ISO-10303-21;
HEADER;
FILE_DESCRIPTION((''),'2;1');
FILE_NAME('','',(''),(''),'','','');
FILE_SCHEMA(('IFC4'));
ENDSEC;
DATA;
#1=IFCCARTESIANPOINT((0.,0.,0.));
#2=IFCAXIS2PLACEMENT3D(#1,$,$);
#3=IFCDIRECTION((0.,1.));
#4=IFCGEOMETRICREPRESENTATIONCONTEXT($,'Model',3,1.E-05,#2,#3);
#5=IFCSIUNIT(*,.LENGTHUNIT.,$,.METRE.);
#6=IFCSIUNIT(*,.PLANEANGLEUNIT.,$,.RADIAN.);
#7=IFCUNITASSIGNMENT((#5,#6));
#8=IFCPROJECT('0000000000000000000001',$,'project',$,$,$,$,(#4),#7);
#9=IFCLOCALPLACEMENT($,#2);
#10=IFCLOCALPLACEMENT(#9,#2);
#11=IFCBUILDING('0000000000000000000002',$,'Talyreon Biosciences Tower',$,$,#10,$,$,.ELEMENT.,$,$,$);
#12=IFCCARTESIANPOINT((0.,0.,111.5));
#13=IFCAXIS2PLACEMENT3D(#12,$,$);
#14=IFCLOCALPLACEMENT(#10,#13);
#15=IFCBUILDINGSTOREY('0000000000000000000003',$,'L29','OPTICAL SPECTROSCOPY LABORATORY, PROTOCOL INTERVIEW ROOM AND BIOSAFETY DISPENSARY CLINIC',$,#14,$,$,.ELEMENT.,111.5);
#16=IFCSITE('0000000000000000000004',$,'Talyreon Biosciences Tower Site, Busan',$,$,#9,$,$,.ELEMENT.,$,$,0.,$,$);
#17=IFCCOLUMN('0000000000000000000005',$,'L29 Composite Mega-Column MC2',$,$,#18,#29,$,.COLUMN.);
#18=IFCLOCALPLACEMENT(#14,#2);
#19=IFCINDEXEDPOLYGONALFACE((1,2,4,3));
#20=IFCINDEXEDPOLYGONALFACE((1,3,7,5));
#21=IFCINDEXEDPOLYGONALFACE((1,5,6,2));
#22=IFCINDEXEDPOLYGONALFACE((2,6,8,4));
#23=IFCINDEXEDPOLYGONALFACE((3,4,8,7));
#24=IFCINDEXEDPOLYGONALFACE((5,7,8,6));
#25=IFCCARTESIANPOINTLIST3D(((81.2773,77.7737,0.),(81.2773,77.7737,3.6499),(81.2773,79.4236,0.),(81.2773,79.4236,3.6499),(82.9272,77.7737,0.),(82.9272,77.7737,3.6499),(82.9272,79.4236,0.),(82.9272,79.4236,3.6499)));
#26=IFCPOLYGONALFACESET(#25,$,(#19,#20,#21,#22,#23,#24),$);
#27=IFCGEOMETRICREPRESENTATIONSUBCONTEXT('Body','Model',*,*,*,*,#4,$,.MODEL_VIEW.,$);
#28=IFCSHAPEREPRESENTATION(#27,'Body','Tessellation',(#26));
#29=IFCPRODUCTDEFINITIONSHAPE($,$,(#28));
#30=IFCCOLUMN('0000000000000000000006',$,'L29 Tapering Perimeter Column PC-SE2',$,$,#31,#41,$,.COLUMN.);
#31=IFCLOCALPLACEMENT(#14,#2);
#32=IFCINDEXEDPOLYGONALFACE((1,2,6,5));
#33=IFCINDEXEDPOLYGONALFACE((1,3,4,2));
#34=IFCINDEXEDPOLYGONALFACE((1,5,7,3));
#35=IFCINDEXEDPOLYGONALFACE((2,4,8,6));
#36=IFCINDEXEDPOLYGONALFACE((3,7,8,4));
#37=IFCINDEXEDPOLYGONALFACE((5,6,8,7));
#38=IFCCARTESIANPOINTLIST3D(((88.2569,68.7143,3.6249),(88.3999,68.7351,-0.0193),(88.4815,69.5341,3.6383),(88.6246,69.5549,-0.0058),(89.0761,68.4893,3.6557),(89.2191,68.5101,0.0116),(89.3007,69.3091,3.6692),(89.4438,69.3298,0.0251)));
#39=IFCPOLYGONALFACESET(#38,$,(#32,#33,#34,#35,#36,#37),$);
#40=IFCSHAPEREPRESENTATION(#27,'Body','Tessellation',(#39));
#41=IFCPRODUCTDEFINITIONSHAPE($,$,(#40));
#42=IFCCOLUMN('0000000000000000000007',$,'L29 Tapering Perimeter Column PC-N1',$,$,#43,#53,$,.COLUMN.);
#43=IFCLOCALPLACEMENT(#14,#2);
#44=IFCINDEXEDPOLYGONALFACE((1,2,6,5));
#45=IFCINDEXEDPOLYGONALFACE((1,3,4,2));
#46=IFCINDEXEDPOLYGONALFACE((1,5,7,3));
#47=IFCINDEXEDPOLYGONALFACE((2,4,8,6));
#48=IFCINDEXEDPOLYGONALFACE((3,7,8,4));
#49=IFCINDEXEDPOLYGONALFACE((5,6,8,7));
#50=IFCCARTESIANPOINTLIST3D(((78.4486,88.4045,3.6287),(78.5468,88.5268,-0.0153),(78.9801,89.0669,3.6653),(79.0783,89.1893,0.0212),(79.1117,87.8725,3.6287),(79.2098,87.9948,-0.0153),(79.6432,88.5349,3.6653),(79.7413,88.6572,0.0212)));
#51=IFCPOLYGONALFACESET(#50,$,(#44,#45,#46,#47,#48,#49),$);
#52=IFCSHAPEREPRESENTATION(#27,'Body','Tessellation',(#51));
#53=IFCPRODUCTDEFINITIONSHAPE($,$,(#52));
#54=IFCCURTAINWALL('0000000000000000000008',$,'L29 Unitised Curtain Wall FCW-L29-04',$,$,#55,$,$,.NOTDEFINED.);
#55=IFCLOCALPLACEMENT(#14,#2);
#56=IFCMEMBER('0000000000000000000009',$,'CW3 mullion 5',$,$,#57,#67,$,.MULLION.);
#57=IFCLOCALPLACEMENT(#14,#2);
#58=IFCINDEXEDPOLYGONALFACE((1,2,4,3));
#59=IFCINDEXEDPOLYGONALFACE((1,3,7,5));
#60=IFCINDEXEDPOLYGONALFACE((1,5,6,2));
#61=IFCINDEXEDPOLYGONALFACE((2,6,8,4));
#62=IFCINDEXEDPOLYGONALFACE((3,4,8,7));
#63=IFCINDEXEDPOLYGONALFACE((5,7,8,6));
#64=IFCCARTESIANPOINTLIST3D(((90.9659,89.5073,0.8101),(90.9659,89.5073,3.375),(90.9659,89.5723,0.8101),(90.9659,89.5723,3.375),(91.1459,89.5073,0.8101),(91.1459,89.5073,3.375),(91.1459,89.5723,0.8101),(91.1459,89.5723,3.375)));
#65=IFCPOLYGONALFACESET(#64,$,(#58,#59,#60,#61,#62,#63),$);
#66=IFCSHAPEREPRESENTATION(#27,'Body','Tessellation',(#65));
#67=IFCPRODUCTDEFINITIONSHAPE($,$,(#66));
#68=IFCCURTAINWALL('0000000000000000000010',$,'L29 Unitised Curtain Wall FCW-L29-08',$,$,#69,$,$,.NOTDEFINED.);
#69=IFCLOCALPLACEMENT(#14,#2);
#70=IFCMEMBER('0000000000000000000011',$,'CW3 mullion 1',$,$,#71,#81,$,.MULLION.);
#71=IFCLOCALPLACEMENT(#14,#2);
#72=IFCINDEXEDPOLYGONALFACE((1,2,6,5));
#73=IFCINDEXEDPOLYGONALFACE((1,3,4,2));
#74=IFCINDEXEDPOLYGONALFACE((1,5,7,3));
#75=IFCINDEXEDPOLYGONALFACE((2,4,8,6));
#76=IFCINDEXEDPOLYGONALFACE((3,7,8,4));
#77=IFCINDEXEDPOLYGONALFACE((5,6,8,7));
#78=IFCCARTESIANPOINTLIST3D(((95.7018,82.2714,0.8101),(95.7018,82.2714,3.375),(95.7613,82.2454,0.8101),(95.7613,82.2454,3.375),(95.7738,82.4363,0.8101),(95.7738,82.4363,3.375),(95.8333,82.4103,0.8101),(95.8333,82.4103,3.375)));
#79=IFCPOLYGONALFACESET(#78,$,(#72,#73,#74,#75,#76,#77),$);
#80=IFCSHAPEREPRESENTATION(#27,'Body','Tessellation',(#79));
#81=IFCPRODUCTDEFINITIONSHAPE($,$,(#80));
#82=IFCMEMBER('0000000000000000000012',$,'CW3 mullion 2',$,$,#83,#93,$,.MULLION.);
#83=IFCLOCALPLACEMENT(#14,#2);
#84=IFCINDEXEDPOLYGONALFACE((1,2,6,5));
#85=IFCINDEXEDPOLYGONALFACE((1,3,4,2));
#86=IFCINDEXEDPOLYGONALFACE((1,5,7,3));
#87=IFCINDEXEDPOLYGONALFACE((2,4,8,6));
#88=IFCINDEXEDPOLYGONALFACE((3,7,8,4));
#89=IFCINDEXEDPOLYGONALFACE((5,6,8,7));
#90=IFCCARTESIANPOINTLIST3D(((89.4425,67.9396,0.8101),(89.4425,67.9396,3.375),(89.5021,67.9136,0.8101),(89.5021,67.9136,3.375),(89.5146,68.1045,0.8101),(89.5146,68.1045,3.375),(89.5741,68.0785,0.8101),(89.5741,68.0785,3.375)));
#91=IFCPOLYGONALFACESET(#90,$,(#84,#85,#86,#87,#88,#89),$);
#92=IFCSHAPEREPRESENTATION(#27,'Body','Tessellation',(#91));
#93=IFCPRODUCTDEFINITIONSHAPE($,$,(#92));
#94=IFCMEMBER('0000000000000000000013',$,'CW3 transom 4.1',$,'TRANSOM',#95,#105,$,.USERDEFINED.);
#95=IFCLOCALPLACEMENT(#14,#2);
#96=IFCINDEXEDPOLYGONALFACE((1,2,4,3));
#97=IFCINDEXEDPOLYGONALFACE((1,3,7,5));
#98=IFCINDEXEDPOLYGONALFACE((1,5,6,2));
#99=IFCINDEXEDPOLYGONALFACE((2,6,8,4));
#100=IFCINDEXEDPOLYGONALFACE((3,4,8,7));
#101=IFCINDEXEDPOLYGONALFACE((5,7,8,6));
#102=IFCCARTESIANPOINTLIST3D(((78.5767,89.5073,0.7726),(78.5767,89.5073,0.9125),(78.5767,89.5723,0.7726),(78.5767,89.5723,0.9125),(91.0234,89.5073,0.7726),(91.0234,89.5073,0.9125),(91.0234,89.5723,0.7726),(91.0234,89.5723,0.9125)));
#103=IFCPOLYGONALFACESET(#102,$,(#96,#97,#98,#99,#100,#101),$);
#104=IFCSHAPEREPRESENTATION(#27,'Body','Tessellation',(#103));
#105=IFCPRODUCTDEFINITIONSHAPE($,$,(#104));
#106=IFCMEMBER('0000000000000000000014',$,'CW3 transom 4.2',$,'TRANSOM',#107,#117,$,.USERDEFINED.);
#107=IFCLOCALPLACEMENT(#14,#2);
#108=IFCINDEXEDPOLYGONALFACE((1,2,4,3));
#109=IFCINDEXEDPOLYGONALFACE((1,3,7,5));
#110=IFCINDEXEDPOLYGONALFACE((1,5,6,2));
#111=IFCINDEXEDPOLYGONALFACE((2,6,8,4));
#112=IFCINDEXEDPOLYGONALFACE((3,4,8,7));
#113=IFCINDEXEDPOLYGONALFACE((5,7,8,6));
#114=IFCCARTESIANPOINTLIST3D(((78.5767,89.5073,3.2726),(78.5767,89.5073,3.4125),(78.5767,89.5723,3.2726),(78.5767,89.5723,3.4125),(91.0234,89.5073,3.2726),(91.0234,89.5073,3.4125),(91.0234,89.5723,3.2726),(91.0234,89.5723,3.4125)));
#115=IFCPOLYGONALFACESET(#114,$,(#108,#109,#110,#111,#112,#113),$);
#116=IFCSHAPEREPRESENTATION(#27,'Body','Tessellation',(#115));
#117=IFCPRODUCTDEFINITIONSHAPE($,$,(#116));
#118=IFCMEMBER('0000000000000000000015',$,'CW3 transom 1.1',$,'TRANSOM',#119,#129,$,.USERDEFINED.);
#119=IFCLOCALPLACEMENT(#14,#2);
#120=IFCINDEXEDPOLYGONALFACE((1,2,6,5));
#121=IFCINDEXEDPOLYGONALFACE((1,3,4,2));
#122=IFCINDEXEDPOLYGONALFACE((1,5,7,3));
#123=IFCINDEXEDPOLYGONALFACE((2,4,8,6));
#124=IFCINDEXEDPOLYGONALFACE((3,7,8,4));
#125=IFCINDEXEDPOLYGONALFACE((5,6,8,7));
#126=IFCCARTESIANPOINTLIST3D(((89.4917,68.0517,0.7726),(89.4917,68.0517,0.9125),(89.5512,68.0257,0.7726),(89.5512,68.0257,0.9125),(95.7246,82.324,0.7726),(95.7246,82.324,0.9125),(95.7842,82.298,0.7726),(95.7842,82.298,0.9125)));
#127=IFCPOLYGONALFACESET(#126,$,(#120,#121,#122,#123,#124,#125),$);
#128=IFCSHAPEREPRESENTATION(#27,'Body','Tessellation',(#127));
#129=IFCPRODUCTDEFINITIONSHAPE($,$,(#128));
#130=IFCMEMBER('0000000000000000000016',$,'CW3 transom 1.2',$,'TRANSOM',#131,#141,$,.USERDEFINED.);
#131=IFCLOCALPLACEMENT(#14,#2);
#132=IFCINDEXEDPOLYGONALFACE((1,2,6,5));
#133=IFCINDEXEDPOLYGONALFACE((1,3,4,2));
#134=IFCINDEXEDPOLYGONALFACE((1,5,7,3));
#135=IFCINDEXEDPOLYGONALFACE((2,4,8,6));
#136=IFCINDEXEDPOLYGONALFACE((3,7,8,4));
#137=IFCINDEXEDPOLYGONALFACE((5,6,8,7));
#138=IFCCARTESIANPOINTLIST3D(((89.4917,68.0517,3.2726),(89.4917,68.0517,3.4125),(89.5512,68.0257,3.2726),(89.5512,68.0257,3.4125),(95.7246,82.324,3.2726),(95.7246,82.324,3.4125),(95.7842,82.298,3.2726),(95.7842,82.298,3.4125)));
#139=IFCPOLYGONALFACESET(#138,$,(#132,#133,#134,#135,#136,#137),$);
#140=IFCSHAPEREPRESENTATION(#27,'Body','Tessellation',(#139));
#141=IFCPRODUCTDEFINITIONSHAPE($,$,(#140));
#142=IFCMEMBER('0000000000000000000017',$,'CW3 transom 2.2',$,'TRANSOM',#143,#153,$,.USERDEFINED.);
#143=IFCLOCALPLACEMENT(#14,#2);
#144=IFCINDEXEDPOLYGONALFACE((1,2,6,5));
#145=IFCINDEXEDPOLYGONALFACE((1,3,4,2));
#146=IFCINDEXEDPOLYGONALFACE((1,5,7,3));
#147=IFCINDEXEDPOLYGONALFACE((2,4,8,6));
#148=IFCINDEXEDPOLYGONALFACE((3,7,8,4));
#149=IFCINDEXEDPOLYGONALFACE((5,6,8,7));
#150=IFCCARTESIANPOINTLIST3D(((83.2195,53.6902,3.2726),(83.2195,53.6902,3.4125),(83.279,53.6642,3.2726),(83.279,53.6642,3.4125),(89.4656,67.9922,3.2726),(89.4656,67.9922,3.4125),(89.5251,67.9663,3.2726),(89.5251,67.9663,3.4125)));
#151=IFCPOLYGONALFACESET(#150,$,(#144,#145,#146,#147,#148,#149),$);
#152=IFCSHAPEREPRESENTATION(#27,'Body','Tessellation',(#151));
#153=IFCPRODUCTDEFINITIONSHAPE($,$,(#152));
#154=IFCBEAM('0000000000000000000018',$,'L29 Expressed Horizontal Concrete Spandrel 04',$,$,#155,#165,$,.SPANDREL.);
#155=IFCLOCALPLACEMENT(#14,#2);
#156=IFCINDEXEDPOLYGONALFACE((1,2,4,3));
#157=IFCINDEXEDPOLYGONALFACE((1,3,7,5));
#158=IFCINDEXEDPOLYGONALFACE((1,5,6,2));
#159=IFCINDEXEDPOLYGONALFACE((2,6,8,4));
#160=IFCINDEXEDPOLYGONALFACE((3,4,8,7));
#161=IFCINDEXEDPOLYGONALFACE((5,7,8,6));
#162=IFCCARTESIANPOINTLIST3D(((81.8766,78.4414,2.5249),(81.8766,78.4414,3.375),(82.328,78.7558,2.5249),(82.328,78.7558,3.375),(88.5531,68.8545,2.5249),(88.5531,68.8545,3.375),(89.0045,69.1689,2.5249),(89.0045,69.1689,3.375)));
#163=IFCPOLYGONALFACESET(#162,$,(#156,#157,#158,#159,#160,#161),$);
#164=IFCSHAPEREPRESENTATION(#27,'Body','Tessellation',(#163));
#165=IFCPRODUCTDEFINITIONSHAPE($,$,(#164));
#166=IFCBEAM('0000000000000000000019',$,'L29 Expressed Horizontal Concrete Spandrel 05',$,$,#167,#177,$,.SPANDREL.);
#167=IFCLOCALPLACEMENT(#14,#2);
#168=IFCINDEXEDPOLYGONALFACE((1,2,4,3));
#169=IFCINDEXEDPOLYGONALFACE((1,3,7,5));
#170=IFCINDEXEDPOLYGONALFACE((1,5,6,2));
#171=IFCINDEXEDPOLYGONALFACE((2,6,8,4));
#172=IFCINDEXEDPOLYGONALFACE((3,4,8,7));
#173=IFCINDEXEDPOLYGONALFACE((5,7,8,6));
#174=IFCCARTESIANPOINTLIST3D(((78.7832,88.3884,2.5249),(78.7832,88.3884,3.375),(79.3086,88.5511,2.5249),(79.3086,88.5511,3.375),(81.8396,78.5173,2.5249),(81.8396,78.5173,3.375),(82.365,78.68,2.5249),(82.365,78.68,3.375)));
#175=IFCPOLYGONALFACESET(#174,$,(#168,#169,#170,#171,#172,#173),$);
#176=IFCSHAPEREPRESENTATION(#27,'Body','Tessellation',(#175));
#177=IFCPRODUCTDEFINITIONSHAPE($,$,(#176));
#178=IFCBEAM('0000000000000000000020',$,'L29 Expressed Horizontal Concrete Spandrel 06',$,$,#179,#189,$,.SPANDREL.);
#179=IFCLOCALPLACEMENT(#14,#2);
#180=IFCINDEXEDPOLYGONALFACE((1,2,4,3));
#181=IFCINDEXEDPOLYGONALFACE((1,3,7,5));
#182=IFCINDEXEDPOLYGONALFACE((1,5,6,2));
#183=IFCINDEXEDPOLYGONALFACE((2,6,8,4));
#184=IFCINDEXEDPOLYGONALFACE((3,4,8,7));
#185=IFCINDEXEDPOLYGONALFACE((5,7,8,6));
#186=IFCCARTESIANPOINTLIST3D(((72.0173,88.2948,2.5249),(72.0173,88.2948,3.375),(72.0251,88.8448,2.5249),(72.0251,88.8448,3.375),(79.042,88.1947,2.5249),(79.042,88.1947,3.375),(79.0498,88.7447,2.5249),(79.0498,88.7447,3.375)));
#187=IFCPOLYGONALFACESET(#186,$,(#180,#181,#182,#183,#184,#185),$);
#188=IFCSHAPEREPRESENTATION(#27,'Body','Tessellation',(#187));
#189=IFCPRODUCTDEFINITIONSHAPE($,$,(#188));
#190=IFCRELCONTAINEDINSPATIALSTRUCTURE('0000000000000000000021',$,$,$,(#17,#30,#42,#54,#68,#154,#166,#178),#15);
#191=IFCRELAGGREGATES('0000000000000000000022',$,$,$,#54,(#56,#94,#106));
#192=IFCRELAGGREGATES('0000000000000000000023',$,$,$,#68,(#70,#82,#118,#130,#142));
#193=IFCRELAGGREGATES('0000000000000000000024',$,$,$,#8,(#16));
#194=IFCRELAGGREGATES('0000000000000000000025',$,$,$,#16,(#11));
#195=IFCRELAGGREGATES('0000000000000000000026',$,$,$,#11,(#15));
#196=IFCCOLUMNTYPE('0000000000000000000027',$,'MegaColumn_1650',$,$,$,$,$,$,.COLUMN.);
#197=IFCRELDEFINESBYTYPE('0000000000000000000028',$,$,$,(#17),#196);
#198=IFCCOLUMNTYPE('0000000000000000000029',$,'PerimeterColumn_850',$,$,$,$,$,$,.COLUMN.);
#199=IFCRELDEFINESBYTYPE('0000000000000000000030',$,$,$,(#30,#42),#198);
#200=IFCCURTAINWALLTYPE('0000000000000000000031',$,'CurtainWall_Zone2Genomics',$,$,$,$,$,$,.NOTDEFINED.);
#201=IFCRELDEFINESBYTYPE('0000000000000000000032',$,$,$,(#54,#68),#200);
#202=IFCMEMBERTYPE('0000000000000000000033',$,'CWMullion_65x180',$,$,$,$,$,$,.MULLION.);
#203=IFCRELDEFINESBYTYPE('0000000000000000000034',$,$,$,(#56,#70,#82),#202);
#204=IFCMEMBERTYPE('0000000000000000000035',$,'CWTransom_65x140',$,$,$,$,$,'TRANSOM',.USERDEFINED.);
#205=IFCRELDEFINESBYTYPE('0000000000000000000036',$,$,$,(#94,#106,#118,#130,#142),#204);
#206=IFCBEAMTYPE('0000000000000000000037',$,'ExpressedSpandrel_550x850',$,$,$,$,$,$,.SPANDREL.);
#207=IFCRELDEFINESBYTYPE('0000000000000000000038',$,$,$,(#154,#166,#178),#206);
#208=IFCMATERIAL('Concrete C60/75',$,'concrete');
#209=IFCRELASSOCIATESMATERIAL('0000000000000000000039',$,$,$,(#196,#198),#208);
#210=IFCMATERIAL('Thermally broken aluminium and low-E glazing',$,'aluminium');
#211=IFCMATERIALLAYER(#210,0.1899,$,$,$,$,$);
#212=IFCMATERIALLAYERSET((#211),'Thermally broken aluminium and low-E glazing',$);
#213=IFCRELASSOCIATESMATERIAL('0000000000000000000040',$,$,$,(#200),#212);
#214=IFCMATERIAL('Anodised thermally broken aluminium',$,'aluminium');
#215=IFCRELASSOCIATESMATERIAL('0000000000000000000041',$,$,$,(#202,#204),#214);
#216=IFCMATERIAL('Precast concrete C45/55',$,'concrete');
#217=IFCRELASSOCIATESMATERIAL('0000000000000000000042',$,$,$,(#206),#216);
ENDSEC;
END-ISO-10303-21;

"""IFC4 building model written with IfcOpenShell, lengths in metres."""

from ifc_helpers import new_model, si_unit, direction, frame, origin, origin_2d, place, context, subcontext, project, spatial, rectangle, extrude, material, layer, layer_set, material_profile, profile_set, type_object, element, aggregate, save


model = new_model("IFC4")

# Units and contexts
model_context = context("Model", 3, precision=1e-05, world=origin(), true_north=direction((0.0, 1.0)))
body_context = subcontext(model_context, "Body", "Model", "MODEL_VIEW")
ifc_project = project(units=[si_unit("LENGTHUNIT", "METRE"), si_unit("PLANEANGLEUNIT", "RADIAN")], contexts=[model_context])

# Site, building, storey
site_placement = place(None, origin())
site = spatial("IfcSite", under=ifc_project, at=site_placement, Name="Talyreon Biosciences Tower Site, Busan", CompositionType="ELEMENT", RefElevation=0.0)
building_placement = place(site_placement, origin())
building = spatial("IfcBuilding", under=site, at=building_placement, Name="Talyreon Biosciences Tower", CompositionType="ELEMENT")
storey_placement = place(building_placement, frame((0.0, 0.0, 111.5)))
storey = spatial("IfcBuildingStorey", under=building, at=storey_placement, Name="L29", Description="OPTICAL SPECTROSCOPY LABORATORY, PROTOCOL INTERVIEW ROOM AND BIOSAFETY DISPENSARY CLINIC", CompositionType="ELEMENT", Elevation=111.5)

# Columns
ifc_material_1 = material(Name="Concrete C60/75", Category="concrete")
ifc_material_profile_1 = material_profile(ifc_material_1, rectangle(XDim=1.6499, YDim=1.6499, at=origin_2d()), Name="RC 1650x1650")
ifc_profile_set_1 = profile_set([ifc_material_profile_1], Name="Concrete C60/75")
column_type_1 = type_object("IfcColumnType", Name="MegaColumn_1650", PredefinedType="COLUMN", material=ifc_profile_set_1)
column_1_placement = place(storey_placement, frame((82.1023, 78.5986, 0.0), z_axis=(0.0, 0.0, 1.0), x_axis=(1.0, 0.0, 0.0)))
element("IfcColumn", 1, at=column_1_placement, inside=storey, type_object=column_type_1, Name="L29 Composite Mega-Column MC2", PredefinedType="COLUMN", context=body_context, shape_type="SweptSolid", body=[
    extrude(rectangle(XDim=1.6499, YDim=1.6499, at=origin_2d()), origin(), (0.0, 0.0, 1.0), 3.6499),
])
ifc_material_profile_2 = material_profile(ifc_material_1, rectangle(XDim=0.8501, YDim=0.8501, at=origin_2d()), Name="RC 850x850")
ifc_profile_set_2 = profile_set([ifc_material_profile_2], Name="Concrete C60/75")
column_type_2 = type_object("IfcColumnType", Name="PerimeterColumn_850", PredefinedType="COLUMN", material=ifc_profile_set_2)
column_2_placement = place(storey_placement, frame((88.9219, 69.0325, 0.0029), z_axis=(-0.039229, -0.00569, 0.999214), x_axis=(0.963648, -0.264696, 0.036326)))
element("IfcColumn", 2, at=column_2_placement, inside=storey, type_object=column_type_2, Name="L29 Tapering Perimeter Column PC-SE2", PredefinedType="COLUMN", context=body_context, shape_type="SweptSolid", body=[
    extrude(rectangle(XDim=0.8501, YDim=0.8501, at=origin_2d()), origin(), (0.0, 0.0, 1.0), 3.647),
])
column_3_placement = place(storey_placement, frame((79.144, 88.592, 0.0029), z_axis=(-0.026908, -0.033535, 0.999075), x_axis=(-0.779957, 0.625834, 0.0)))
element("IfcColumn", 3, at=column_3_placement, inside=storey, type_object=column_type_2, Name="L29 Tapering Perimeter Column PC-N1", PredefinedType="COLUMN", context=body_context, shape_type="SweptSolid", body=[
    extrude(rectangle(XDim=0.8501, YDim=0.8501, at=origin_2d()), origin(), (0.0, 0.0, 1.0), 3.6475),
])

# Curtain wall, member
ifc_material_2 = material(Name="Thermally broken aluminium and low-E glazing", Category="aluminium")
ifc_layer_1 = layer(ifc_material_2, 0.1899)
ifc_layer_set_1 = layer_set([ifc_layer_1], Name="Thermally broken aluminium and low-E glazing")
curtain_wall_type = type_object("IfcCurtainWallType", Name="CurtainWall_Zone2Genomics", PredefinedType="NOTDEFINED", material=ifc_layer_set_1)
curtain_wall_1_placement = place(storey_placement, origin())
curtain_wall_1 = element("IfcCurtainWall", 4, at=curtain_wall_1_placement, inside=storey, type_object=curtain_wall_type, Name="L29 Unitised Curtain Wall FCW-L29-04", PredefinedType="NOTDEFINED")
ifc_material_3 = material(Name="Anodised thermally broken aluminium", Category="aluminium")
ifc_material_profile_3 = material_profile(ifc_material_3, rectangle(XDim=0.0649, YDim=0.1799, at=origin_2d()), Name="ALUM MULLION 65x180")
ifc_profile_set_3 = profile_set([ifc_material_profile_3], Name="Anodised thermally broken aluminium")
member_type_1 = type_object("IfcMemberType", Name="CWMullion_65x180", PredefinedType="MULLION", material=ifc_profile_set_3)
member_1_placement = place(storey_placement, frame((91.0559, 89.5398, 0.8101), z_axis=(0.0, 0.0, 1.0), x_axis=(0.0, 1.0, 0.0)))
member_1 = element("IfcMember", 5, at=member_1_placement, type_object=member_type_1, Name="CW3 mullion 5", PredefinedType="MULLION", context=body_context, shape_type="SweptSolid", body=[
    extrude(rectangle(XDim=0.0649, YDim=0.1799, at=origin_2d()), origin(), (0.0, 0.0, 1.0), 2.5649),
])

# Curtain wall, members
curtain_wall_2_placement = place(storey_placement, origin())
curtain_wall_2 = element("IfcCurtainWall", 6, at=curtain_wall_2_placement, inside=storey, type_object=curtain_wall_type, Name="L29 Unitised Curtain Wall FCW-L29-08", PredefinedType="NOTDEFINED")
member_2_placement = place(storey_placement, frame((95.7676, 82.3408, 0.8101), z_axis=(0.0, 0.0, 1.0), x_axis=(0.916416, -0.400226, 0.0)))
member_2 = element("IfcMember", 7, at=member_2_placement, type_object=member_type_1, Name="CW3 mullion 1", PredefinedType="MULLION", context=body_context, shape_type="SweptSolid", body=[
    extrude(rectangle(XDim=0.0649, YDim=0.1799, at=origin_2d()), origin(), (0.0, 0.0, 1.0), 2.5649),
])
member_3_placement = place(storey_placement, frame((89.5083, 68.009, 0.8101), z_axis=(0.0, 0.0, 1.0), x_axis=(0.916416, -0.400226, 0.0)))
member_3 = element("IfcMember", 8, at=member_3_placement, type_object=member_type_1, Name="CW3 mullion 2", PredefinedType="MULLION", context=body_context, shape_type="SweptSolid", body=[
    extrude(rectangle(XDim=0.0649, YDim=0.1799, at=origin_2d()), origin(), (0.0, 0.0, 1.0), 2.5649),
])

# Members
ifc_material_profile_4 = material_profile(ifc_material_3, rectangle(XDim=0.0649, YDim=0.1399, at=origin_2d()), Name="ALUM TRANSOM 65x140")
ifc_profile_set_4 = profile_set([ifc_material_profile_4], Name="Anodised thermally broken aluminium")
member_type_2 = type_object("IfcMemberType", Name="CWTransom_65x140", ElementType="TRANSOM", PredefinedType="USERDEFINED", material=ifc_profile_set_4)
member_4_placement = place(storey_placement, frame((78.5767, 89.5398, 0.8425), z_axis=(1.0, 0.0, 0.0), x_axis=(0.0, 1.0, 0.0)))
member_4 = element("IfcMember", 9, at=member_4_placement, type_object=member_type_2, Name="CW3 transom 4.1", ObjectType="TRANSOM", PredefinedType="USERDEFINED", context=body_context, shape_type="SweptSolid", body=[
    extrude(rectangle(XDim=0.0649, YDim=0.1399, at=origin_2d()), origin(), (0.0, 0.0, 1.0), 12.4468),
])
member_5_placement = place(storey_placement, frame((78.5767, 89.5398, 3.3425), z_axis=(1.0, 0.0, 0.0), x_axis=(0.0, 1.0, 0.0)))
member_5 = element("IfcMember", 10, at=member_5_placement, type_object=member_type_2, Name="CW3 transom 4.2", ObjectType="TRANSOM", PredefinedType="USERDEFINED", context=body_context, shape_type="SweptSolid", body=[
    extrude(rectangle(XDim=0.0649, YDim=0.1399, at=origin_2d()), origin(), (0.0, 0.0, 1.0), 12.4468),
])
member_6_placement = place(storey_placement, frame((95.7544, 82.311, 0.8425), z_axis=(-0.400216, -0.916421, 0.0), x_axis=(0.916421, -0.400216, 0.0)))
member_6 = element("IfcMember", 11, at=member_6_placement, type_object=member_type_2, Name="CW3 transom 1.1", ObjectType="TRANSOM", PredefinedType="USERDEFINED", context=body_context, shape_type="SweptSolid", body=[
    extrude(rectangle(XDim=0.0649, YDim=0.1399, at=origin_2d()), origin(), (0.0, 0.0, 1.0), 15.574),
])
member_7_placement = place(storey_placement, frame((95.7544, 82.311, 3.3425), z_axis=(-0.400216, -0.916421, 0.0), x_axis=(0.916421, -0.400216, 0.0)))
member_7 = element("IfcMember", 12, at=member_7_placement, type_object=member_type_2, Name="CW3 transom 1.2", ObjectType="TRANSOM", PredefinedType="USERDEFINED", context=body_context, shape_type="SweptSolid", body=[
    extrude(rectangle(XDim=0.0649, YDim=0.1399, at=origin_2d()), origin(), (0.0, 0.0, 1.0), 15.574),
])
member_8_placement = place(storey_placement, frame((89.4954, 67.9792, 3.3425), z_axis=(-0.400225, -0.916417, 0.0), x_axis=(0.916417, -0.400225, 0.0)))
member_8 = element("IfcMember", 13, at=member_8_placement, type_object=member_type_2, Name="CW3 transom 2.2", ObjectType="TRANSOM", PredefinedType="USERDEFINED", context=body_context, shape_type="SweptSolid", body=[
    extrude(rectangle(XDim=0.0649, YDim=0.1399, at=origin_2d()), origin(), (0.0, 0.0, 1.0), 15.6064),
])

# Beams
ifc_material_4 = material(Name="Precast concrete C45/55", Category="concrete")
ifc_material_profile_5 = material_profile(ifc_material_4, rectangle(XDim=0.55, YDim=0.8501, at=origin_2d()), Name="RCB 550x850")
ifc_profile_set_5 = profile_set([ifc_material_profile_5], Name="Precast concrete C45/55")
beam_type_1 = type_object("IfcBeamType", Name="ExpressedSpandrel_550x850", PredefinedType="SPANDREL", material=ifc_profile_set_5)
beam_1_placement = place(storey_placement, frame((88.7788, 69.0117, 2.95), z_axis=(-0.571489, 0.82061, 0.0), x_axis=(-0.82061, -0.571489, 0.0)))
element("IfcBeam", 14, at=beam_1_placement, inside=storey, type_object=beam_type_1, Name="L29 Expressed Horizontal Concrete Spandrel 04", PredefinedType="SPANDREL", context=body_context, shape_type="SweptSolid", body=[
    extrude(rectangle(XDim=0.55, YDim=0.8501, at=origin_2d()), origin(), (0.0, 0.0, 1.0), 11.6826),
])
beam_2_placement = place(storey_placement, frame((82.1023, 78.5986, 2.95), z_axis=(-0.295777, 0.955257, 0.0), x_axis=(-0.955257, -0.295777, 0.0)))
element("IfcBeam", 15, at=beam_2_placement, inside=storey, type_object=beam_type_1, Name="L29 Expressed Horizontal Concrete Spandrel 05", PredefinedType="SPANDREL", context=body_context, shape_type="SweptSolid", body=[
    extrude(rectangle(XDim=0.55, YDim=0.8501, at=origin_2d()), origin(), (0.0, 0.0, 1.0), 10.3335),
])
beam_3_placement = place(storey_placement, frame((79.0459, 88.4697, 2.95), z_axis=(-0.999898, 0.014248, 0.0), x_axis=(-0.014248, -0.999898, 0.0)))
element("IfcBeam", 16, at=beam_3_placement, inside=storey, type_object=beam_type_1, Name="L29 Expressed Horizontal Concrete Spandrel 06", PredefinedType="SPANDREL", context=body_context, shape_type="SweptSolid", body=[
    extrude(rectangle(XDim=0.55, YDim=0.8501, at=origin_2d()), origin(), (0.0, 0.0, 1.0), 7.0254),
])

aggregate(curtain_wall_1, [member_1, member_4, member_5])
aggregate(curtain_wall_2, [member_2, member_3, member_6, member_7, member_8])

save(model, "model.ifc")
